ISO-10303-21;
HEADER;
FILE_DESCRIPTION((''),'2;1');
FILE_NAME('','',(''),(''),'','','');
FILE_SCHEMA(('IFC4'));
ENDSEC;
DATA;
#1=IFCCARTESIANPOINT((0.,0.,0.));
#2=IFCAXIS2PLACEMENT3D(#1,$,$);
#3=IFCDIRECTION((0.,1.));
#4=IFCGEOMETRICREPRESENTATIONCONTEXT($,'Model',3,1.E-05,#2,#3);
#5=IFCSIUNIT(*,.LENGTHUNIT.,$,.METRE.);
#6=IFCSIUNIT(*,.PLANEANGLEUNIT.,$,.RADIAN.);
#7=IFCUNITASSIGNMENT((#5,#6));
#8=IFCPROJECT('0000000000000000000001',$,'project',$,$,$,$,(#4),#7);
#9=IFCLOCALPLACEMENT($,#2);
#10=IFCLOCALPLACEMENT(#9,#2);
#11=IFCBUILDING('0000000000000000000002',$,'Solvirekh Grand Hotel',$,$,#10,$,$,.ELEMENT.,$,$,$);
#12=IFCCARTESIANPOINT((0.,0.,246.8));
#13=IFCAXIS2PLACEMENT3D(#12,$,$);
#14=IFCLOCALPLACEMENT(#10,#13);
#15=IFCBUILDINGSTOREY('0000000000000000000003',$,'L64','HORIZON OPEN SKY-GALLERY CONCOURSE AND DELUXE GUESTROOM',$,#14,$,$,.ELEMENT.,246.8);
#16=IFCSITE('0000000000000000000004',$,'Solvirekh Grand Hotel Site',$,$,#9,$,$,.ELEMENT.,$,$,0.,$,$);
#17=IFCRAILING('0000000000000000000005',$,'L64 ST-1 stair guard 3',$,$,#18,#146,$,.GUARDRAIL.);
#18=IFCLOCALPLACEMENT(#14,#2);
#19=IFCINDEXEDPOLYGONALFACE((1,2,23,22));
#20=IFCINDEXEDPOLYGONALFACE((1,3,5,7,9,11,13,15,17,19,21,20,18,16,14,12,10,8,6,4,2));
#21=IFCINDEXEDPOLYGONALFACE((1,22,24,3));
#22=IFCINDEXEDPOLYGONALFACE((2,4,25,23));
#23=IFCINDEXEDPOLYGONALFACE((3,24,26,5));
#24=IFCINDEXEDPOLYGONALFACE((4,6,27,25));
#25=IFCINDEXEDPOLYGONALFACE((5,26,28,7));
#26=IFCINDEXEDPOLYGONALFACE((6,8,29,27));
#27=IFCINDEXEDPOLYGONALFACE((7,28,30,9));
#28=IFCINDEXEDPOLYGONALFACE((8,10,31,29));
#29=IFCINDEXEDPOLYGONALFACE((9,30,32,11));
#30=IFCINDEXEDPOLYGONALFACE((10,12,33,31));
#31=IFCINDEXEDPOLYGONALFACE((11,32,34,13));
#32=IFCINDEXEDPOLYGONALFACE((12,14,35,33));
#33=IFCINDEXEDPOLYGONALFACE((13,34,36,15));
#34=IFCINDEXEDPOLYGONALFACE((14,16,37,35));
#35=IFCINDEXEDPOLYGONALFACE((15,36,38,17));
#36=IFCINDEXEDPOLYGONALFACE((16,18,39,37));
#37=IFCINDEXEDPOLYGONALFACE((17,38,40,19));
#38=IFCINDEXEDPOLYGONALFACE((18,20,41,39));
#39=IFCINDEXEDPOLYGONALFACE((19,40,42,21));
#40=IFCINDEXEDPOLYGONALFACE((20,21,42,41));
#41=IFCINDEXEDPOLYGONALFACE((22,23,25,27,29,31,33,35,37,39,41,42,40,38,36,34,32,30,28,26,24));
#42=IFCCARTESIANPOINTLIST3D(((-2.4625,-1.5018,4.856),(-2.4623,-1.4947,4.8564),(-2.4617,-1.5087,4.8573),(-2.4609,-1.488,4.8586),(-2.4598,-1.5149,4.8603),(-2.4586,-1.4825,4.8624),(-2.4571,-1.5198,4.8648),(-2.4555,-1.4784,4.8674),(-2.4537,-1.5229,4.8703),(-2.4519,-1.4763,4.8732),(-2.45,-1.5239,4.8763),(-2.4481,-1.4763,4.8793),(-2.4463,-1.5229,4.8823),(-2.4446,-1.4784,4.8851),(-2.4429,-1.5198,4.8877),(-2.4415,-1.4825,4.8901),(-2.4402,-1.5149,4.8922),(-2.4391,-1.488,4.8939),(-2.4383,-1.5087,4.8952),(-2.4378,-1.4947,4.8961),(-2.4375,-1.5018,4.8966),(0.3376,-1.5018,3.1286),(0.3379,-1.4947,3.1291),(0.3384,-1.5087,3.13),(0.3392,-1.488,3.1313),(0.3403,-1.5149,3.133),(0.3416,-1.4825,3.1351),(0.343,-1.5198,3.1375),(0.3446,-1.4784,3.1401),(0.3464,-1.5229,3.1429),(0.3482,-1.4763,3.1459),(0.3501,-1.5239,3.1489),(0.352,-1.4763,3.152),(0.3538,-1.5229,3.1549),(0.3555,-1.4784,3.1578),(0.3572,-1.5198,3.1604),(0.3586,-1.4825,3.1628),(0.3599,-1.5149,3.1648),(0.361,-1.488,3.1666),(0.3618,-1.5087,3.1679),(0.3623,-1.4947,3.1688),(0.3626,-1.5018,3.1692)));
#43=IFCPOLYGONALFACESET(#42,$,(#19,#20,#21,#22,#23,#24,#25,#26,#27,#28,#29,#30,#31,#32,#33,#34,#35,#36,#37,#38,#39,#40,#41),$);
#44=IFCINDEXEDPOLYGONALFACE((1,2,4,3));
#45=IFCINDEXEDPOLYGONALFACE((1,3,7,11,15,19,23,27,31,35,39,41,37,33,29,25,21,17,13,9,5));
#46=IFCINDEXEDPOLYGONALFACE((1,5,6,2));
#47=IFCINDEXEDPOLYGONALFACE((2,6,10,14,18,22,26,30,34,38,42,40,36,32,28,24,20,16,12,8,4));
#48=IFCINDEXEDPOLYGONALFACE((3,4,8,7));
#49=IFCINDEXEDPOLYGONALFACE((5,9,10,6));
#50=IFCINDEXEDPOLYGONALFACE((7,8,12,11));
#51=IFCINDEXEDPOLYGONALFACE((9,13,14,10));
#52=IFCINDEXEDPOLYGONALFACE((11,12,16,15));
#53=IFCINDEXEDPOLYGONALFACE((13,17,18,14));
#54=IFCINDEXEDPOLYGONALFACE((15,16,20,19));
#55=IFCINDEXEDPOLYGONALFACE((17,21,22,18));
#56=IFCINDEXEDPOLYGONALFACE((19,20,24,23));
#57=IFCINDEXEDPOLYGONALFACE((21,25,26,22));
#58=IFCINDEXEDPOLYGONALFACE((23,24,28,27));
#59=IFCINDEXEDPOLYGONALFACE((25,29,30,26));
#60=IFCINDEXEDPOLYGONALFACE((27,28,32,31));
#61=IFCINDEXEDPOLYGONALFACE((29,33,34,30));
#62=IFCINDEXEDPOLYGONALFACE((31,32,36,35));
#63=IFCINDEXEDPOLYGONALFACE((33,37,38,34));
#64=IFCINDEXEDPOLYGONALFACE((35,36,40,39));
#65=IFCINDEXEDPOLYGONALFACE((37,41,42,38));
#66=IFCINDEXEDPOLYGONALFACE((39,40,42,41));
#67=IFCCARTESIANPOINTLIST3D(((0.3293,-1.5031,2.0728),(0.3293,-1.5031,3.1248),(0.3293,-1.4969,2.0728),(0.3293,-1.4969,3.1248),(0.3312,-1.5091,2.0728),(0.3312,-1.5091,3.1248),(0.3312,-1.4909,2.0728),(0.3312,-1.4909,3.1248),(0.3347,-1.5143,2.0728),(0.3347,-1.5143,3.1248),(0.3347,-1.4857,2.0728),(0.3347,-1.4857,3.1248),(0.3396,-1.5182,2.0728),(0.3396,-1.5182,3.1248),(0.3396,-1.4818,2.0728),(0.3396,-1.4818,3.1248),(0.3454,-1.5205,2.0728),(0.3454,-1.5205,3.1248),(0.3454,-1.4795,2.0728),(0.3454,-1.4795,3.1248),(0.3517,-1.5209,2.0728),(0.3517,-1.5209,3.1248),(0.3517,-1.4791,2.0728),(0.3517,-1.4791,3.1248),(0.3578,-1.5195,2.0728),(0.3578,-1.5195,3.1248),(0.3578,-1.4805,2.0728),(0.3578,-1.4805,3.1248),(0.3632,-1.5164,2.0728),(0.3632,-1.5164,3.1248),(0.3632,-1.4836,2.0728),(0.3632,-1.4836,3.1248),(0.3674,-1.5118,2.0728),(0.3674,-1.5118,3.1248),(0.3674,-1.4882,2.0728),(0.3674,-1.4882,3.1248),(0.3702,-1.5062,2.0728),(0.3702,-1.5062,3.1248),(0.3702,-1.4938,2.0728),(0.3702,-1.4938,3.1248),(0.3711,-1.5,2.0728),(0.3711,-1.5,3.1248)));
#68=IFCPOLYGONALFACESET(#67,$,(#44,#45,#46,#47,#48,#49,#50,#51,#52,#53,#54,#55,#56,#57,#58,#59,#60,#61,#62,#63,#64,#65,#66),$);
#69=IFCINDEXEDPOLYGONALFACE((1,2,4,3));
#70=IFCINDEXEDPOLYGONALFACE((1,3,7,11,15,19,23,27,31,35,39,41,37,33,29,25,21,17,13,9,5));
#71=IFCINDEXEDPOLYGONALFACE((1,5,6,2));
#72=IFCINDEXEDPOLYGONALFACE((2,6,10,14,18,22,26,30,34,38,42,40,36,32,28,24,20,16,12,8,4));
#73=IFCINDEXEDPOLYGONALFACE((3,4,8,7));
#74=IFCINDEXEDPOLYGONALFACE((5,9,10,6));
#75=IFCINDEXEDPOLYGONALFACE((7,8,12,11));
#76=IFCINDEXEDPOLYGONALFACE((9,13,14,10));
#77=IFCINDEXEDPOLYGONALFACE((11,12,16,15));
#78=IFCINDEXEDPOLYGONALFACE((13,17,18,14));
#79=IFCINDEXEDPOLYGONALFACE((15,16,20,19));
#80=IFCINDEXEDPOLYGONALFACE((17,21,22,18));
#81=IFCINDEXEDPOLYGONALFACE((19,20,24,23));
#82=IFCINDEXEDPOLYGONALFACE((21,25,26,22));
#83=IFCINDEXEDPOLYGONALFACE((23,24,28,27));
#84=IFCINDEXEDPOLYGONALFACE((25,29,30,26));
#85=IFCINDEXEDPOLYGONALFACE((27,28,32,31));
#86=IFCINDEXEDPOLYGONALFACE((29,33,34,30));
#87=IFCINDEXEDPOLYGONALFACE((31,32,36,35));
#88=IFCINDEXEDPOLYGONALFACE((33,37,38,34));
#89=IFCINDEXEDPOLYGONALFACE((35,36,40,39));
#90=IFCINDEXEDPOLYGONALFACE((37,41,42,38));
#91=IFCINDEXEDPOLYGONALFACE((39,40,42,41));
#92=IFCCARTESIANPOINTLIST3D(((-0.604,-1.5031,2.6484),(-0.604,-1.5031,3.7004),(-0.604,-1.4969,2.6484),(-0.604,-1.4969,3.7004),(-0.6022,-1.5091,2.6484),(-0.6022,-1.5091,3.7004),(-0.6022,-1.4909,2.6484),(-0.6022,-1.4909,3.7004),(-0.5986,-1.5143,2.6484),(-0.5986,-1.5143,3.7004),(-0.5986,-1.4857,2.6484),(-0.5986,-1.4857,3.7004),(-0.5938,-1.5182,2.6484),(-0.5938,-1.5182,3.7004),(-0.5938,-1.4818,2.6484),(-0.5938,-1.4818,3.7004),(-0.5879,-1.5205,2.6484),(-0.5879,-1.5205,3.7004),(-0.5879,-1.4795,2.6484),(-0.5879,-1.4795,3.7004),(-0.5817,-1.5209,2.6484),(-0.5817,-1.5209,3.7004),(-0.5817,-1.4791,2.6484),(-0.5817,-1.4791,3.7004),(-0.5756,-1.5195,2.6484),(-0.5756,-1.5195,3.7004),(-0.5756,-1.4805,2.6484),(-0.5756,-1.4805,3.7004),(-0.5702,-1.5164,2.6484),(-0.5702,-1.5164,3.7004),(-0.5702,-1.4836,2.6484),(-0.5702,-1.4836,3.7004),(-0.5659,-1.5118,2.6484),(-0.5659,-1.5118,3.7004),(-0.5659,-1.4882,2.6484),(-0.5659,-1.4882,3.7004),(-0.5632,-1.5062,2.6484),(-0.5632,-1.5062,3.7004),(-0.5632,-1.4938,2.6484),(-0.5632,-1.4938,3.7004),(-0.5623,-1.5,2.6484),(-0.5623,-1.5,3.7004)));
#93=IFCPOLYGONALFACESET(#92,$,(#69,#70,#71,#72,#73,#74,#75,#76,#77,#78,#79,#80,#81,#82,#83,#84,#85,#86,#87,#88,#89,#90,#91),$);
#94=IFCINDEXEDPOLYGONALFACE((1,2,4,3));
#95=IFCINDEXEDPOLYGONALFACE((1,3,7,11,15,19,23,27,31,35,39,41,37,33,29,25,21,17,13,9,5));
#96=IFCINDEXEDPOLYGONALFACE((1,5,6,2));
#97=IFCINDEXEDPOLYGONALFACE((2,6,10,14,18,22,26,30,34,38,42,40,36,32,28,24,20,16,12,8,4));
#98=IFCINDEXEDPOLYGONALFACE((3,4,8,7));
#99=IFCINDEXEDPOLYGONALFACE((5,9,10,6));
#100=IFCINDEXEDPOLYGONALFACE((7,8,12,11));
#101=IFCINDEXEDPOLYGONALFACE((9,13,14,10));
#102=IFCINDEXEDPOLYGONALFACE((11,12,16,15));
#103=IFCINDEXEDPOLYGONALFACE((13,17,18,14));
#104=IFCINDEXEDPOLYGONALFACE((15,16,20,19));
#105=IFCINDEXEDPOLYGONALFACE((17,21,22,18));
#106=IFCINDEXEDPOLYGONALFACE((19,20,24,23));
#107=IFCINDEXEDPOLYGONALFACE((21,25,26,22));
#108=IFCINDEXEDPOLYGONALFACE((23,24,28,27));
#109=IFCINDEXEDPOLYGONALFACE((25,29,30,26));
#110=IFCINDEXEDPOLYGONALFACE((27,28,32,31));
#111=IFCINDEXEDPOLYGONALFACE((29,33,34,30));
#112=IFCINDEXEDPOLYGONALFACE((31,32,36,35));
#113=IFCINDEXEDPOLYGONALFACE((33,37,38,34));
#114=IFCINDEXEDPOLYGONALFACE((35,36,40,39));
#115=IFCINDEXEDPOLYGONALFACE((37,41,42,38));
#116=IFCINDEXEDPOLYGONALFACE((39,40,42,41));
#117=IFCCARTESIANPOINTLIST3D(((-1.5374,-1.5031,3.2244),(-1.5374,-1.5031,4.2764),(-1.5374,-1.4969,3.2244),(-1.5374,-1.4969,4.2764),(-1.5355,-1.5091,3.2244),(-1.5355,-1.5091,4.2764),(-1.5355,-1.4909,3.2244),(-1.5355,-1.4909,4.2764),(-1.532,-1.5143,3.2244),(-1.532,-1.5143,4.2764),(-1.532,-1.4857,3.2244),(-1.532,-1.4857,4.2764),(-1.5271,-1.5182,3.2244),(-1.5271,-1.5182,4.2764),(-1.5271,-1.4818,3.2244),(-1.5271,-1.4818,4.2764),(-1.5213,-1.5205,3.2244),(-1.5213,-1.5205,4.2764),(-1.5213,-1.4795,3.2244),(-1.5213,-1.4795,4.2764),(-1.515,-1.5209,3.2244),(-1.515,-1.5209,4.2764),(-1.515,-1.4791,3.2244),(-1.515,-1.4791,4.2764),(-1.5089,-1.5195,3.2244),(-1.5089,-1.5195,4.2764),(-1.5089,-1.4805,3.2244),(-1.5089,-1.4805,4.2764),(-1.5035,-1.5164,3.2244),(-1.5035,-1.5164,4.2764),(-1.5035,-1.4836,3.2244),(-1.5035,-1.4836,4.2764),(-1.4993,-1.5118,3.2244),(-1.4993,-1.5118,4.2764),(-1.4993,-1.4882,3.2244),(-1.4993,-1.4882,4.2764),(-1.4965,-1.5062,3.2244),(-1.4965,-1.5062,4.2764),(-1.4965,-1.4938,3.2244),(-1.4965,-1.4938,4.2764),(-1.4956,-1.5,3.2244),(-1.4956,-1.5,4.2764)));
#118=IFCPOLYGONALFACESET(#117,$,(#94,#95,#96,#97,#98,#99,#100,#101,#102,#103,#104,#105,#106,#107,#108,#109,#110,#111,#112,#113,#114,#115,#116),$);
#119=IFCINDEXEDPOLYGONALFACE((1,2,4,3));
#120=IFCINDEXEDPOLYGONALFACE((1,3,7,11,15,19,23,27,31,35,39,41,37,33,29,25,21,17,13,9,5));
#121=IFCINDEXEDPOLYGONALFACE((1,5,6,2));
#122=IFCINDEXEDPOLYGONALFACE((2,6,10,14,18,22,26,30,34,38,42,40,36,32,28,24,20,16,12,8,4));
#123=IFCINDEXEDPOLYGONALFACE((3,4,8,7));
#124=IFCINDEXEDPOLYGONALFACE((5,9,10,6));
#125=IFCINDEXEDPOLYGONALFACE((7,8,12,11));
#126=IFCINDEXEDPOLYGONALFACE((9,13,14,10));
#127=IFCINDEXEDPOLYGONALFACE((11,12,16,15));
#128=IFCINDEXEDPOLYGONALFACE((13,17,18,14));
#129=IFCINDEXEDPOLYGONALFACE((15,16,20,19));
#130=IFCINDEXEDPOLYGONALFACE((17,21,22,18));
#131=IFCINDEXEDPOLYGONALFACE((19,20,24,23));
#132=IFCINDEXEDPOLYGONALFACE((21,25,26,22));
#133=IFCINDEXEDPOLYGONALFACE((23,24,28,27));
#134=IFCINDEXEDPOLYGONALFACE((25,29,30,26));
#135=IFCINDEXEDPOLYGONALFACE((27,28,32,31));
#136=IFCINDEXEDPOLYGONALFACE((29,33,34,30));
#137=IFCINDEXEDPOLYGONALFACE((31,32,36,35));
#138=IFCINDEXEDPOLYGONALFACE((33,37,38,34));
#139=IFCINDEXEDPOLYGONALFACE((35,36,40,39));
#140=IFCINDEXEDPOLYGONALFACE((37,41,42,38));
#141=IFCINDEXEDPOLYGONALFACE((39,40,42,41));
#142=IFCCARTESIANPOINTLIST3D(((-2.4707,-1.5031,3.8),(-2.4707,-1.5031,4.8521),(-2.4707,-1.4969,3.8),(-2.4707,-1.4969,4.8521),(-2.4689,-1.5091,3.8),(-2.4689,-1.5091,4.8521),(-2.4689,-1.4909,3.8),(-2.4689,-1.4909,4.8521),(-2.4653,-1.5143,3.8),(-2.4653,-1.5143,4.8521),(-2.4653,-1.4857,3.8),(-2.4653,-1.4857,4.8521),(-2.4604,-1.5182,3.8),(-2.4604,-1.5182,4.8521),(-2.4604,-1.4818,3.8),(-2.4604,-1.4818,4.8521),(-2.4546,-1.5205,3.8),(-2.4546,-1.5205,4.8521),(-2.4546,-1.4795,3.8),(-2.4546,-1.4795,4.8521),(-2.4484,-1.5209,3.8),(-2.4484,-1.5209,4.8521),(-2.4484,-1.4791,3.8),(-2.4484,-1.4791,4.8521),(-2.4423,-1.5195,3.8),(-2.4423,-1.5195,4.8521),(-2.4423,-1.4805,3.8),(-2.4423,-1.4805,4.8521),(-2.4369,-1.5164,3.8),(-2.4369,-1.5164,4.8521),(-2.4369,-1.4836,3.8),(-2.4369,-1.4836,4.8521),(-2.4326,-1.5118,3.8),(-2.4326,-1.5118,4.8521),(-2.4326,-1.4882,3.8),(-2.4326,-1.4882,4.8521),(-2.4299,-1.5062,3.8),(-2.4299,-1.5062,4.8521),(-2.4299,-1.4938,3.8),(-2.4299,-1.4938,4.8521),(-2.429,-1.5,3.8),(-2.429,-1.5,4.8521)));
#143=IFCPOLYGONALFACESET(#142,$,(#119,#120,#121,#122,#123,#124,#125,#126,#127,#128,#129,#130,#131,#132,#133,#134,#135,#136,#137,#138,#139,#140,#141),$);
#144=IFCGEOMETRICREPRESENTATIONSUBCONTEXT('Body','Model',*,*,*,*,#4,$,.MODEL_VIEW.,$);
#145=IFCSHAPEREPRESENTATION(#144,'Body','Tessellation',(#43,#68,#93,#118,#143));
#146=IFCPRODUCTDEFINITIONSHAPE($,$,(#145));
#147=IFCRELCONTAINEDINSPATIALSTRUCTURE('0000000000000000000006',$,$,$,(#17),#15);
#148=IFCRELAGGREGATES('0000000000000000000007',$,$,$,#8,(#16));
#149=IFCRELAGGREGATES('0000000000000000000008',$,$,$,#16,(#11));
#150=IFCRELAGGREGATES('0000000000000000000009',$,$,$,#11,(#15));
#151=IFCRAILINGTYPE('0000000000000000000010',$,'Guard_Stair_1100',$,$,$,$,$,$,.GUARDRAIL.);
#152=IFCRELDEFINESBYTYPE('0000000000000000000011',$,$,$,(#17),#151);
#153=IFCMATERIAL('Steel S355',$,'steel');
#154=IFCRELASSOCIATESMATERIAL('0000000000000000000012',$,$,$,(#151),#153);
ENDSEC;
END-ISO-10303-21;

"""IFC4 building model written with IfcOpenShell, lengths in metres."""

from ifc_helpers import new_model, si_unit, direction, frame, origin, origin_2d, place, context, subcontext, project, spatial, circle, extrude, material, type_object, element, save


model = new_model("IFC4")

# Units and contexts
model_context = context("Model", 3, precision=1e-05, world=origin(), true_north=direction((0.0, 1.0)))
body_context = subcontext(model_context, "Body", "Model", "MODEL_VIEW")
ifc_project = project(units=[si_unit("LENGTHUNIT", "METRE"), si_unit("PLANEANGLEUNIT", "RADIAN")], contexts=[model_context])

# Site, building, storey
site_placement = place(None, origin())
site = spatial("IfcSite", under=ifc_project, at=site_placement, Name="Solvirekh Grand Hotel Site", CompositionType="ELEMENT", RefElevation=0.0)
building_placement = place(site_placement, origin())
building = spatial("IfcBuilding", under=site, at=building_placement, Name="Solvirekh Grand Hotel", CompositionType="ELEMENT")
storey_placement = place(building_placement, frame((0.0, 0.0, 246.8)))
storey = spatial("IfcBuildingStorey", under=building, at=storey_placement, Name="L64", Description="HORIZON OPEN SKY-GALLERY CONCOURSE AND DELUXE GUESTROOM", CompositionType="ELEMENT", Elevation=246.8)

# Railing
ifc_material_1 = material(Name="Steel S355", Category="steel")
railing_type_1 = type_object("IfcRailingType", Name="Guard_Stair_1100", PredefinedType="GUARDRAIL", material=ifc_material_1)
railing_1_placement = place(storey_placement, frame((0.3501, -1.5, 2.0728)))
element("IfcRailing", 1, at=railing_1_placement, inside=storey, type_object=railing_type_1, Name="L64 ST-1 stair guard 3", PredefinedType="GUARDRAIL", context=body_context, shape_type="SweptSolid", body=[
    extrude(circle(Radius=0.0239, at=origin_2d()), frame((0.0, 0.0, 1.0762), z_axis=(-0.85109, 0.0, 0.52502), x_axis=(0.0, -1.0, 0.0)), (0.0, 0.0, 1.0), 3.29),
    extrude(circle(Radius=0.021, at=origin_2d()), origin(), (0.0, 0.0, 1.0), 1.052),
    extrude(circle(Radius=0.021, at=origin_2d()), frame((-0.9333, 0.0, 0.5757)), (0.0, 0.0, 1.0), 1.052),
    extrude(circle(Radius=0.021, at=origin_2d()), frame((-1.8667, 0.0, 1.1516)), (0.0, 0.0, 1.0), 1.052),
    extrude(circle(Radius=0.021, at=origin_2d()), frame((-2.8, 0.0, 1.7273)), (0.0, 0.0, 1.0), 1.052),
])

save(model, "model.ifc")
